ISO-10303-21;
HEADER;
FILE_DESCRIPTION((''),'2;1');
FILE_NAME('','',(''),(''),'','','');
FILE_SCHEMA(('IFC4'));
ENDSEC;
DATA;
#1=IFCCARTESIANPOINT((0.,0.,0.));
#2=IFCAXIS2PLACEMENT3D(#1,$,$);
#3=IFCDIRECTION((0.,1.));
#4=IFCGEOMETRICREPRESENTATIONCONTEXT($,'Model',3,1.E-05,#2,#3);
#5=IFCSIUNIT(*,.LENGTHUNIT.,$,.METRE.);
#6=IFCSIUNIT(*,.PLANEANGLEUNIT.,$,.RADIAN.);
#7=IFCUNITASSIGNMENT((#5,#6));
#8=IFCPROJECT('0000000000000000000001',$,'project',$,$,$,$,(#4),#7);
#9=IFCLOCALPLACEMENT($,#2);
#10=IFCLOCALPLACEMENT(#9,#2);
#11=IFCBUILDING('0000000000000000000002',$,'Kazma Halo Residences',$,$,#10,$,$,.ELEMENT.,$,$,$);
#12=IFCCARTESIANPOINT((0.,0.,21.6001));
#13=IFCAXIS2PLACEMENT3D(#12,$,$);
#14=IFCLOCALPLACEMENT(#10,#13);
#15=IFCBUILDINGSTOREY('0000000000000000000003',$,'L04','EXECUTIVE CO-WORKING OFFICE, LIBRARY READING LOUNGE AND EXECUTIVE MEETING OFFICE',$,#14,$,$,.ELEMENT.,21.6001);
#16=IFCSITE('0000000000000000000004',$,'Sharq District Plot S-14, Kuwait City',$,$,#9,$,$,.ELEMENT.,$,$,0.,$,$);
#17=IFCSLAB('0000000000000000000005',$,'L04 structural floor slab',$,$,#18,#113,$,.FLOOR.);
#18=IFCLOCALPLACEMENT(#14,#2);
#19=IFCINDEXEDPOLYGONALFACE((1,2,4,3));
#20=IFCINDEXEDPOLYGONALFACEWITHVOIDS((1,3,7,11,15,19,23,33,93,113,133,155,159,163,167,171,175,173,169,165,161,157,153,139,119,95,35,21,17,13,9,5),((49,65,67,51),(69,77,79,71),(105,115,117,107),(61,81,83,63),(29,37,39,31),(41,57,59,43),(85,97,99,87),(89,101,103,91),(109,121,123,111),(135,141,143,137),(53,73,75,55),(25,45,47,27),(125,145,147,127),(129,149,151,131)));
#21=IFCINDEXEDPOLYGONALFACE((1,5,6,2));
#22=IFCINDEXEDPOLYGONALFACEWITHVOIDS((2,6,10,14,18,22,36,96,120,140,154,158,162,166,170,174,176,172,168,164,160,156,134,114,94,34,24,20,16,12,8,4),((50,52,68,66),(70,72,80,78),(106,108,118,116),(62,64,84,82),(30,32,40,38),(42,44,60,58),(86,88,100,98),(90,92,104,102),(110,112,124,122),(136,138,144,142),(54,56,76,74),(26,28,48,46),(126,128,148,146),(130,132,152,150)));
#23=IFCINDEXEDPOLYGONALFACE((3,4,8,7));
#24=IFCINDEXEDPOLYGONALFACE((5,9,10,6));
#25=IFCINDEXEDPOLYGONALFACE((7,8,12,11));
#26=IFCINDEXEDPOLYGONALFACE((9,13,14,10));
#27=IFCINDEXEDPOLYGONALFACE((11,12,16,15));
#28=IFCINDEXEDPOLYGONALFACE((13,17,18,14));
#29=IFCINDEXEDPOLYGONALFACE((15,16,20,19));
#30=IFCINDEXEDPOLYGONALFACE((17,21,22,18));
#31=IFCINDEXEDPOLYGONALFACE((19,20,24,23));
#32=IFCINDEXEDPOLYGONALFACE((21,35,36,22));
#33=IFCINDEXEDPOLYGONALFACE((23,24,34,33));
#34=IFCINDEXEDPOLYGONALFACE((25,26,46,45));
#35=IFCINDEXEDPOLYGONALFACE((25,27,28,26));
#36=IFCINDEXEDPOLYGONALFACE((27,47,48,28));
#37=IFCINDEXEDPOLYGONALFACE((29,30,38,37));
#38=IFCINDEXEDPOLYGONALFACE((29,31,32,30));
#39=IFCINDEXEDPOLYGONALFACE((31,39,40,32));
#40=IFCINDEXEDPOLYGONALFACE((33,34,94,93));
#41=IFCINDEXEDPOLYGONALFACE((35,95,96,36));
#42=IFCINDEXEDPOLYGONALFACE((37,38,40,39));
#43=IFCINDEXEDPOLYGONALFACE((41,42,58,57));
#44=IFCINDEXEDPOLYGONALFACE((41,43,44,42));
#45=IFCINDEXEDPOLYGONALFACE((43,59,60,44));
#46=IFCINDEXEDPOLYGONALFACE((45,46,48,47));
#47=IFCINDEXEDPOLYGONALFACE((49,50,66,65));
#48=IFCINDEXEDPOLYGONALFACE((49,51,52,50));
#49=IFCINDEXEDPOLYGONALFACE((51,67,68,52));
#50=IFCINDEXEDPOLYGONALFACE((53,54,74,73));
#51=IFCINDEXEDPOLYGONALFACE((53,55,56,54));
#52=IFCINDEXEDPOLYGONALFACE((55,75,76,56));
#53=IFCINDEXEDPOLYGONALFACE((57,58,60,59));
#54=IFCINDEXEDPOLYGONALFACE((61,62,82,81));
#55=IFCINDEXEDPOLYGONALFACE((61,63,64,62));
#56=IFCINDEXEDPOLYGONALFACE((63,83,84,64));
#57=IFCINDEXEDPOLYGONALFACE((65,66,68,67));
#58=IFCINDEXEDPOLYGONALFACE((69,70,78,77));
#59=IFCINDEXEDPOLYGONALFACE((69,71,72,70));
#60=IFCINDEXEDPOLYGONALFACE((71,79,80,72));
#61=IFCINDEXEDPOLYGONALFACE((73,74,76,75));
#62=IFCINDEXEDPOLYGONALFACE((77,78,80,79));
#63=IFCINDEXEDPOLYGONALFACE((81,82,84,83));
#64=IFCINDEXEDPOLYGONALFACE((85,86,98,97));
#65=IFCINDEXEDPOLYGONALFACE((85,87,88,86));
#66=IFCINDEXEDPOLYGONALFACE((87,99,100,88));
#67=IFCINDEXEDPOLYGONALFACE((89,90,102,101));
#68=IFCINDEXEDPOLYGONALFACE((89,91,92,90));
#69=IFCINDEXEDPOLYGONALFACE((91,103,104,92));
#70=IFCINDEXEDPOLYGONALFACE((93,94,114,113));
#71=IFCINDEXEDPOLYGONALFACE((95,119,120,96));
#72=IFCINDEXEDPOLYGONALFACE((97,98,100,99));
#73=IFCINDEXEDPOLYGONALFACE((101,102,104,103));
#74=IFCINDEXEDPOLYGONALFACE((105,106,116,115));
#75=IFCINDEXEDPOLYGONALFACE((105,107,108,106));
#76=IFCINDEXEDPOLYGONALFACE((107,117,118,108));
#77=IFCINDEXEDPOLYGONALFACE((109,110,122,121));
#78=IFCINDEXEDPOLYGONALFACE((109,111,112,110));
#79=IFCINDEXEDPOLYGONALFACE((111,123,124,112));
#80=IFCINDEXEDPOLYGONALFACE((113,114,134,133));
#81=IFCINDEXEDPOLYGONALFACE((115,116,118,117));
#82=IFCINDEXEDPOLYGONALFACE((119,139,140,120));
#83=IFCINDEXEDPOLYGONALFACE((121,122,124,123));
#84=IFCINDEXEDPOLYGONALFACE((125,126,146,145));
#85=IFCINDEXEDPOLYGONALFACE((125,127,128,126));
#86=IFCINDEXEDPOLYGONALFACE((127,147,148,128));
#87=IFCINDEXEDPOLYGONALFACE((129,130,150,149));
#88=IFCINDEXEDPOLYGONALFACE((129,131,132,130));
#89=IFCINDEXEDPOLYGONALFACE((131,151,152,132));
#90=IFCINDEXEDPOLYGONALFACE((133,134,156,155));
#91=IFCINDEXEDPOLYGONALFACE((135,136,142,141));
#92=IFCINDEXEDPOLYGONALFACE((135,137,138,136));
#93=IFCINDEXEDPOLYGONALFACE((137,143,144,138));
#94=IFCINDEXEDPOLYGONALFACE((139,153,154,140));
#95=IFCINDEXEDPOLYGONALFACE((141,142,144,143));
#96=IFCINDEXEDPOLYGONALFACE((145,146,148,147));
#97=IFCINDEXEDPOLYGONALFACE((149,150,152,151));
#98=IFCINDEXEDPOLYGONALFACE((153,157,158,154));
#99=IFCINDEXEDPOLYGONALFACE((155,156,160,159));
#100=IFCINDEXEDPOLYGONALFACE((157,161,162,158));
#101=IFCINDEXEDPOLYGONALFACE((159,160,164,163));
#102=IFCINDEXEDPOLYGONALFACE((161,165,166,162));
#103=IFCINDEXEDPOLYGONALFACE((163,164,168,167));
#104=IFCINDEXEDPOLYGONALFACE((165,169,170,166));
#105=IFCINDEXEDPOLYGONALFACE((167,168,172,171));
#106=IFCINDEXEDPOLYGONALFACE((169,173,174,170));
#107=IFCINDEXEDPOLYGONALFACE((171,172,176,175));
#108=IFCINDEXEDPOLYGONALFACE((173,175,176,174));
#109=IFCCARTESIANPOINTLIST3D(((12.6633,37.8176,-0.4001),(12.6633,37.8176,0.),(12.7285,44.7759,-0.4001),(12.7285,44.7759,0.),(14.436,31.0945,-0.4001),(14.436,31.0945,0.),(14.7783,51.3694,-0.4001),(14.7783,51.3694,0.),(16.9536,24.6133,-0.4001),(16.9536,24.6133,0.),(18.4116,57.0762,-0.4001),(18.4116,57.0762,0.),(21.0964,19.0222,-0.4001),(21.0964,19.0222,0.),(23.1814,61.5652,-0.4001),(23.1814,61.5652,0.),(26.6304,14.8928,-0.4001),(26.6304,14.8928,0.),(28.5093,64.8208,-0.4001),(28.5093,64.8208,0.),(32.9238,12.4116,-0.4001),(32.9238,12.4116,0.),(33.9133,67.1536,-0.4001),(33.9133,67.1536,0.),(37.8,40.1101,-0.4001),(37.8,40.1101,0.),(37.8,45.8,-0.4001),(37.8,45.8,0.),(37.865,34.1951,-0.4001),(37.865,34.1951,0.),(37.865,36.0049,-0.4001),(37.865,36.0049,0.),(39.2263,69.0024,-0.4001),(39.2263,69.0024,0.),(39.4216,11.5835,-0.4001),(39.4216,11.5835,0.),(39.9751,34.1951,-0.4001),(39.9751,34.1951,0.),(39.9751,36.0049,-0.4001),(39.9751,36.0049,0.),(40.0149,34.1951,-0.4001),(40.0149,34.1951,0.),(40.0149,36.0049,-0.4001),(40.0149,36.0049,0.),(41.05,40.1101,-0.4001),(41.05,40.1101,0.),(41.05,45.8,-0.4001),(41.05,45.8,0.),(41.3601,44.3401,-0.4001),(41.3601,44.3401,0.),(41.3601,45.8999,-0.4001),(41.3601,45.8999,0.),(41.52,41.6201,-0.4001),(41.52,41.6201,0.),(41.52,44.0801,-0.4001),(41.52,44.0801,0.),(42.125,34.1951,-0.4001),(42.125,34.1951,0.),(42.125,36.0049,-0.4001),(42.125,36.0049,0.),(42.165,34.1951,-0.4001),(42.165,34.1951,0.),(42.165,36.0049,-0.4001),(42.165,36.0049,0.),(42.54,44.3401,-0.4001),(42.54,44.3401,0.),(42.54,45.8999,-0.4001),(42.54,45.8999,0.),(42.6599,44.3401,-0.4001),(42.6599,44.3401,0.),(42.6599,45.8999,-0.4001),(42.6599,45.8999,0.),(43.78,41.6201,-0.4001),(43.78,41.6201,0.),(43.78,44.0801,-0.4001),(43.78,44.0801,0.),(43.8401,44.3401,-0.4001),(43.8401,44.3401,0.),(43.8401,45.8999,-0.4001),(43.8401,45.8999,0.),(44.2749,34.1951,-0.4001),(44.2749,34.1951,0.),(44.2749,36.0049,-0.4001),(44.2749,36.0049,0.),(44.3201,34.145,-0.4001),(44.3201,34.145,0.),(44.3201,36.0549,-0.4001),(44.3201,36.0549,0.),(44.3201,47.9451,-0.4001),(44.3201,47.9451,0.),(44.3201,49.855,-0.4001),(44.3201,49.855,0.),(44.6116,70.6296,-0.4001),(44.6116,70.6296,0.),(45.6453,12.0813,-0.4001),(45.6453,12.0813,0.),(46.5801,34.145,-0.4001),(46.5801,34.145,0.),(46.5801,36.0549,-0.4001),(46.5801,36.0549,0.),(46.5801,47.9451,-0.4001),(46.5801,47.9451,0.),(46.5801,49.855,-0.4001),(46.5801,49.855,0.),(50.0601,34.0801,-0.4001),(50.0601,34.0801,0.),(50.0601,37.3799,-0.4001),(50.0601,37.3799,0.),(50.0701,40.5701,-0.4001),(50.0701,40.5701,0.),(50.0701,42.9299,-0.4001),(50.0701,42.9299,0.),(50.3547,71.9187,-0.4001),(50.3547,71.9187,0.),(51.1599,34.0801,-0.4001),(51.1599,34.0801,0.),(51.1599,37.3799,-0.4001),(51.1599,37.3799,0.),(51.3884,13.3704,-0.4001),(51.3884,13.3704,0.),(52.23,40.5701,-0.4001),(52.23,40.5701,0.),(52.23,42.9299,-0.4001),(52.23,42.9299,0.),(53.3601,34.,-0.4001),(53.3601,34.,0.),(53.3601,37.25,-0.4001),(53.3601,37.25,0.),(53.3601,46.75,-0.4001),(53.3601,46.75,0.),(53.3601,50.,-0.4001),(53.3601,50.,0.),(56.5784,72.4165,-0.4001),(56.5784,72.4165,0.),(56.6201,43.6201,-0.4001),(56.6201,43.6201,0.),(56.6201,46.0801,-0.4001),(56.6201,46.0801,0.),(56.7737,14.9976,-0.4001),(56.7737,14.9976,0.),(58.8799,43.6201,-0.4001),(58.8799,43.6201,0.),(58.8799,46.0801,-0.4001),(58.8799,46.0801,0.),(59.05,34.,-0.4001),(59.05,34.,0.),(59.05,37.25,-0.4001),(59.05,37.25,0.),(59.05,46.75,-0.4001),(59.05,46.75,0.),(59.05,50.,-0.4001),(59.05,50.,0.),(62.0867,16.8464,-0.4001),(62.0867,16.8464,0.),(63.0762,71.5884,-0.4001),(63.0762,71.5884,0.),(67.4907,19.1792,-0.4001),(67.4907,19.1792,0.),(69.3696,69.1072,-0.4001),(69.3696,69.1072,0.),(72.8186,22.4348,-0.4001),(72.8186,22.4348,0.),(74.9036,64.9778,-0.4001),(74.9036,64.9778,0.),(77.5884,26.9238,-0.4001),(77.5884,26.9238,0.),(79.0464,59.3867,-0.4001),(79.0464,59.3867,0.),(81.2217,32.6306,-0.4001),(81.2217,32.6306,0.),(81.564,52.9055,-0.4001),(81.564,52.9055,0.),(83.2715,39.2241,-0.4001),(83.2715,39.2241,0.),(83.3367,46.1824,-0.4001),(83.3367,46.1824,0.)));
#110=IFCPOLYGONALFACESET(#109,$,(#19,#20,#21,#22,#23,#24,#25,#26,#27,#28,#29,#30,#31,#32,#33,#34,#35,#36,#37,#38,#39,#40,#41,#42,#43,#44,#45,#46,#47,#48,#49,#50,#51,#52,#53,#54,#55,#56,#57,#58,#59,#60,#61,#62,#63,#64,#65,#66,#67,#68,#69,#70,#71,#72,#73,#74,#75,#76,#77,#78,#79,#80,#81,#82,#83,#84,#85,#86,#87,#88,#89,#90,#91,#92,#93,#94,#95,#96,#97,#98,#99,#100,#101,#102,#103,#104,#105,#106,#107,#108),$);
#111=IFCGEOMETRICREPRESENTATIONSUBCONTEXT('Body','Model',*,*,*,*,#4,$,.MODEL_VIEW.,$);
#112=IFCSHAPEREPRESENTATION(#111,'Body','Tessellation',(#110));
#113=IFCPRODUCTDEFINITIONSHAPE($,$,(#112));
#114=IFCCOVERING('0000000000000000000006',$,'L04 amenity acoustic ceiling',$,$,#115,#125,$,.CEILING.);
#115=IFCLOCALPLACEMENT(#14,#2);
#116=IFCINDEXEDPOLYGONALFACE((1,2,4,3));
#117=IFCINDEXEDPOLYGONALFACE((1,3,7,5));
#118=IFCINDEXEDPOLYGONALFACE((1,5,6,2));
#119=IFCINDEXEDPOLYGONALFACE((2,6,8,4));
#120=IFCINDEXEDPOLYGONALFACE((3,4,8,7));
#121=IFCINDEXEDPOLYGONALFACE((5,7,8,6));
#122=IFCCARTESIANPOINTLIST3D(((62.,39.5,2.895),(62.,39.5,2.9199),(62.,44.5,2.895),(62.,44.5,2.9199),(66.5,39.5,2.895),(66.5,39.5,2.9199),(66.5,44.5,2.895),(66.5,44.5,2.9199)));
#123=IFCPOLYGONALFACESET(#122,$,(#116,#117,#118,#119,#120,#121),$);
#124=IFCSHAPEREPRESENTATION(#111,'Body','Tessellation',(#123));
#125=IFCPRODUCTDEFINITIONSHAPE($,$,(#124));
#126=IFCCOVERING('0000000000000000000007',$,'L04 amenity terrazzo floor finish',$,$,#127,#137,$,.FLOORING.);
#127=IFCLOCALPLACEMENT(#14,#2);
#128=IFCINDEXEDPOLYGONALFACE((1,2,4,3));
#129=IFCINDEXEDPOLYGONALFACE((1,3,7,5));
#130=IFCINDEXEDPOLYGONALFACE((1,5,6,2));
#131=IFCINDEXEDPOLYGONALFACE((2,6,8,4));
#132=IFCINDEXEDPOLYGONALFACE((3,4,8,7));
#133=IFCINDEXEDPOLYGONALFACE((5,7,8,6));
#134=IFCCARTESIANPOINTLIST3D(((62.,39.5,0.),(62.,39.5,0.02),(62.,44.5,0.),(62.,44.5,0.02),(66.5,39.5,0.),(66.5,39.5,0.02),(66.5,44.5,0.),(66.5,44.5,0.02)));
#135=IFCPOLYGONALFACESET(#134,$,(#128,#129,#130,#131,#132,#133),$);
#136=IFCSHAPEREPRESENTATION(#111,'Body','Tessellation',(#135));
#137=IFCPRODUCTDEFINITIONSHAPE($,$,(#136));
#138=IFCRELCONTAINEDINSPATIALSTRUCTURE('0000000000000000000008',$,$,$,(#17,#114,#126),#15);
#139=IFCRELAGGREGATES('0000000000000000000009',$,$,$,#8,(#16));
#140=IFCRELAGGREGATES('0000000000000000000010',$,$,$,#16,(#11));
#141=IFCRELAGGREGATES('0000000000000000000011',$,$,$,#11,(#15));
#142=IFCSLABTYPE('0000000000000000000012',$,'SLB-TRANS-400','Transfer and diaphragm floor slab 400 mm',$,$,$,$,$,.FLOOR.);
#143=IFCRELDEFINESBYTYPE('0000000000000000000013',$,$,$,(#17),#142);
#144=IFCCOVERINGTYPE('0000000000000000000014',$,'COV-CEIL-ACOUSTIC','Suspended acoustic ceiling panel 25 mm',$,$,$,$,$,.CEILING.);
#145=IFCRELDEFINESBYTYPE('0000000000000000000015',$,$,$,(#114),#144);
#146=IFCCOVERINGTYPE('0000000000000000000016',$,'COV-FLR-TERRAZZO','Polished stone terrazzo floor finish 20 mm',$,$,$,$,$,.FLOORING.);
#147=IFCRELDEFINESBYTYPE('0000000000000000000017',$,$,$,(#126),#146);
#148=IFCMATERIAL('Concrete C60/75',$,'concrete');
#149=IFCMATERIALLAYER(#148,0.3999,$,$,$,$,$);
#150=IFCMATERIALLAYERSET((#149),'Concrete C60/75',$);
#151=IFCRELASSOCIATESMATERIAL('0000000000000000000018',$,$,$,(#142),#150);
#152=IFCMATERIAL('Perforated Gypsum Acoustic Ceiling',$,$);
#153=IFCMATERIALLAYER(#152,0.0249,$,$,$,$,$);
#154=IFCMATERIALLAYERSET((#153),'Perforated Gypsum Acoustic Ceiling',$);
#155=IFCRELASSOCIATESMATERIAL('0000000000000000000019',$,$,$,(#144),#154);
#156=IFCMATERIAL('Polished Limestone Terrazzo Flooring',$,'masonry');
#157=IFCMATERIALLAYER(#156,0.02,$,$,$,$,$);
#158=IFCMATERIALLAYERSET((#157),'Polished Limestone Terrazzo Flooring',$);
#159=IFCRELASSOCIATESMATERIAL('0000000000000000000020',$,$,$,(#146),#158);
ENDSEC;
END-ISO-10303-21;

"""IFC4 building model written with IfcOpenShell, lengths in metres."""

from ifc_helpers import new_model, si_unit, direction, frame, origin, place, context, subcontext, project, spatial, polyline, outline, extrude, material, layer, layer_set, type_object, element, save


model = new_model("IFC4")

# Units and contexts
model_context = context("Model", 3, precision=1e-05, world=origin(), true_north=direction((0.0, 1.0)))
body_context = subcontext(model_context, "Body", "Model", "MODEL_VIEW")
ifc_project = project(units=[si_unit("LENGTHUNIT", "METRE"), si_unit("PLANEANGLEUNIT", "RADIAN")], contexts=[model_context])

# Site, building, storey
site_placement = place(None, origin())
site = spatial("IfcSite", under=ifc_project, at=site_placement, Name="Sharq District Plot S-14, Kuwait City", CompositionType="ELEMENT", RefElevation=0.0)
building_placement = place(site_placement, origin())
building = spatial("IfcBuilding", under=site, at=building_placement, Name="Kazma Halo Residences", CompositionType="ELEMENT")
storey_placement = place(building_placement, frame((0.0, 0.0, 21.6001)))
storey = spatial("IfcBuildingStorey", under=building, at=storey_placement, Name="L04", Description="EXECUTIVE CO-WORKING OFFICE, LIBRARY READING LOUNGE AND EXECUTIVE MEETING OFFICE", CompositionType="ELEMENT", Elevation=21.6001)

# Slab
ifc_material_1 = material(Name="Concrete C60/75", Category="concrete")
ifc_layer_1 = layer(ifc_material_1, 0.3999)
ifc_layer_set_1 = layer_set([ifc_layer_1], Name="Concrete C60/75")
slab_type_1 = type_object("IfcSlabType", Name="SLB-TRANS-400", Description="Transfer and diaphragm floor slab 400 mm", PredefinedType="FLOOR", material=ifc_layer_set_1)
slab_1_placement = place(storey_placement, frame((0.0, 0.0, -0.4001)))
element("IfcSlab", 1, at=slab_1_placement, inside=storey, type_object=slab_type_1, Name="L04 structural floor slab", PredefinedType="FLOOR", context=body_context, shape_type="SweptSolid", body=[
    extrude(outline(polyline([(81.564, 52.9055), (79.0464, 59.3867), (74.9036, 64.9778), (69.3696, 69.1072), (63.0762, 71.5884), (56.5784, 72.4165), (50.3547, 71.9187), (44.6116, 70.6296), (39.2263, 69.0024), (33.9133, 67.1536), (28.5093, 64.8208), (23.1814, 61.5652), (18.4116, 57.0762), (14.7783, 51.3694), (12.7285, 44.7759), (12.6633, 37.8176), (14.436, 31.0945), (16.9536, 24.6133), (21.0964, 19.0222), (26.6304, 14.8928), (32.9238, 12.4116), (39.4216, 11.5835), (45.6453, 12.0813), (51.3884, 13.3704), (56.7737, 14.9976), (62.0867, 16.8464), (67.4907, 19.1792), (72.8186, 22.4348), (77.5884, 26.9238), (81.2217, 32.6306), (83.2715, 39.2241), (83.3367, 46.1824), (81.564, 52.9055)]), holes=[polyline([(37.8, 40.1101), (41.05, 40.1101), (41.05, 45.8), (37.8, 45.8), (37.8, 40.1101)]), polyline([(53.3601, 46.75), (59.05, 46.75), (59.05, 50.0), (53.3601, 50.0), (53.3601, 46.75)]), polyline([(53.3601, 34.0), (59.05, 34.0), (59.05, 37.25), (53.3601, 37.25), (53.3601, 34.0)]), polyline([(41.52, 41.6201), (43.78, 41.6201), (43.78, 44.0801), (41.52, 44.0801), (41.52, 41.6201)]), polyline([(56.6201, 43.6201), (58.8799, 43.6201), (58.8799, 46.0801), (56.6201, 46.0801), (56.6201, 43.6201)]), polyline([(37.865, 34.1951), (39.9751, 34.1951), (39.9751, 36.0049), (37.865, 36.0049), (37.865, 34.1951)]), polyline([(40.0149, 34.1951), (42.125, 34.1951), (42.125, 36.0049), (40.0149, 36.0049), (40.0149, 34.1951)]), polyline([(42.165, 34.1951), (44.2749, 34.1951), (44.2749, 36.0049), (42.165, 36.0049), (42.165, 34.1951)]), polyline([(44.3201, 47.9451), (46.5801, 47.9451), (46.5801, 49.855), (44.3201, 49.855), (44.3201, 47.9451)]), polyline([(44.3201, 34.145), (46.5801, 34.145), (46.5801, 36.0549), (44.3201, 36.0549), (44.3201, 34.145)]), polyline([(50.0701, 40.5701), (52.23, 40.5701), (52.23, 42.9299), (50.0701, 42.9299), (50.0701, 40.5701)]), polyline([(41.3601, 44.3401), (42.54, 44.3401), (42.54, 45.8999), (41.3601, 45.8999), (41.3601, 44.3401)]), polyline([(42.6599, 44.3401), (43.8401, 44.3401), (43.8401, 45.8999), (42.6599, 45.8999), (42.6599, 44.3401)]), polyline([(50.0601, 34.0801), (51.1599, 34.0801), (51.1599, 37.3799), (50.0601, 37.3799), (50.0601, 34.0801)])]), origin(), (0.0, 0.0, 1.0), 0.4001),
])

# Coverings
ifc_material_2 = material(Name="Perforated Gypsum Acoustic Ceiling")
ifc_layer_2 = layer(ifc_material_2, 0.0249)
ifc_layer_set_2 = layer_set([ifc_layer_2], Name="Perforated Gypsum Acoustic Ceiling")
covering_type_1 = type_object("IfcCoveringType", Name="COV-CEIL-ACOUSTIC", Description="Suspended acoustic ceiling panel 25 mm", PredefinedType="CEILING", material=ifc_layer_set_2)
covering_1_placement = place(storey_placement, frame((0.0, 0.0, 2.895)))
element("IfcCovering", 2, at=covering_1_placement, inside=storey, type_object=covering_type_1, Name="L04 amenity acoustic ceiling", PredefinedType="CEILING", context=body_context, shape_type="SweptSolid", body=[
    extrude(outline(polyline([(62.0, 39.5), (66.5, 39.5), (66.5, 44.5), (62.0, 44.5), (62.0, 39.5)])), origin(), (0.0, 0.0, 1.0), 0.0249),
])
ifc_material_3 = material(Name="Polished Limestone Terrazzo Flooring", Category="masonry")
ifc_layer_3 = layer(ifc_material_3, 0.02)
ifc_layer_set_3 = layer_set([ifc_layer_3], Name="Polished Limestone Terrazzo Flooring")
covering_type_2 = type_object("IfcCoveringType", Name="COV-FLR-TERRAZZO", Description="Polished stone terrazzo floor finish 20 mm", PredefinedType="FLOORING", material=ifc_layer_set_3)
covering_2_placement = place(storey_placement, origin())
element("IfcCovering", 3, at=covering_2_placement, inside=storey, type_object=covering_type_2, Name="L04 amenity terrazzo floor finish", PredefinedType="FLOORING", context=body_context, shape_type="SweptSolid", body=[
    extrude(outline(polyline([(62.0, 39.5), (66.5, 39.5), (66.5, 44.5), (62.0, 44.5), (62.0, 39.5)])), origin(), (0.0, 0.0, 1.0), 0.02),
])

save(model, "model.ifc")
